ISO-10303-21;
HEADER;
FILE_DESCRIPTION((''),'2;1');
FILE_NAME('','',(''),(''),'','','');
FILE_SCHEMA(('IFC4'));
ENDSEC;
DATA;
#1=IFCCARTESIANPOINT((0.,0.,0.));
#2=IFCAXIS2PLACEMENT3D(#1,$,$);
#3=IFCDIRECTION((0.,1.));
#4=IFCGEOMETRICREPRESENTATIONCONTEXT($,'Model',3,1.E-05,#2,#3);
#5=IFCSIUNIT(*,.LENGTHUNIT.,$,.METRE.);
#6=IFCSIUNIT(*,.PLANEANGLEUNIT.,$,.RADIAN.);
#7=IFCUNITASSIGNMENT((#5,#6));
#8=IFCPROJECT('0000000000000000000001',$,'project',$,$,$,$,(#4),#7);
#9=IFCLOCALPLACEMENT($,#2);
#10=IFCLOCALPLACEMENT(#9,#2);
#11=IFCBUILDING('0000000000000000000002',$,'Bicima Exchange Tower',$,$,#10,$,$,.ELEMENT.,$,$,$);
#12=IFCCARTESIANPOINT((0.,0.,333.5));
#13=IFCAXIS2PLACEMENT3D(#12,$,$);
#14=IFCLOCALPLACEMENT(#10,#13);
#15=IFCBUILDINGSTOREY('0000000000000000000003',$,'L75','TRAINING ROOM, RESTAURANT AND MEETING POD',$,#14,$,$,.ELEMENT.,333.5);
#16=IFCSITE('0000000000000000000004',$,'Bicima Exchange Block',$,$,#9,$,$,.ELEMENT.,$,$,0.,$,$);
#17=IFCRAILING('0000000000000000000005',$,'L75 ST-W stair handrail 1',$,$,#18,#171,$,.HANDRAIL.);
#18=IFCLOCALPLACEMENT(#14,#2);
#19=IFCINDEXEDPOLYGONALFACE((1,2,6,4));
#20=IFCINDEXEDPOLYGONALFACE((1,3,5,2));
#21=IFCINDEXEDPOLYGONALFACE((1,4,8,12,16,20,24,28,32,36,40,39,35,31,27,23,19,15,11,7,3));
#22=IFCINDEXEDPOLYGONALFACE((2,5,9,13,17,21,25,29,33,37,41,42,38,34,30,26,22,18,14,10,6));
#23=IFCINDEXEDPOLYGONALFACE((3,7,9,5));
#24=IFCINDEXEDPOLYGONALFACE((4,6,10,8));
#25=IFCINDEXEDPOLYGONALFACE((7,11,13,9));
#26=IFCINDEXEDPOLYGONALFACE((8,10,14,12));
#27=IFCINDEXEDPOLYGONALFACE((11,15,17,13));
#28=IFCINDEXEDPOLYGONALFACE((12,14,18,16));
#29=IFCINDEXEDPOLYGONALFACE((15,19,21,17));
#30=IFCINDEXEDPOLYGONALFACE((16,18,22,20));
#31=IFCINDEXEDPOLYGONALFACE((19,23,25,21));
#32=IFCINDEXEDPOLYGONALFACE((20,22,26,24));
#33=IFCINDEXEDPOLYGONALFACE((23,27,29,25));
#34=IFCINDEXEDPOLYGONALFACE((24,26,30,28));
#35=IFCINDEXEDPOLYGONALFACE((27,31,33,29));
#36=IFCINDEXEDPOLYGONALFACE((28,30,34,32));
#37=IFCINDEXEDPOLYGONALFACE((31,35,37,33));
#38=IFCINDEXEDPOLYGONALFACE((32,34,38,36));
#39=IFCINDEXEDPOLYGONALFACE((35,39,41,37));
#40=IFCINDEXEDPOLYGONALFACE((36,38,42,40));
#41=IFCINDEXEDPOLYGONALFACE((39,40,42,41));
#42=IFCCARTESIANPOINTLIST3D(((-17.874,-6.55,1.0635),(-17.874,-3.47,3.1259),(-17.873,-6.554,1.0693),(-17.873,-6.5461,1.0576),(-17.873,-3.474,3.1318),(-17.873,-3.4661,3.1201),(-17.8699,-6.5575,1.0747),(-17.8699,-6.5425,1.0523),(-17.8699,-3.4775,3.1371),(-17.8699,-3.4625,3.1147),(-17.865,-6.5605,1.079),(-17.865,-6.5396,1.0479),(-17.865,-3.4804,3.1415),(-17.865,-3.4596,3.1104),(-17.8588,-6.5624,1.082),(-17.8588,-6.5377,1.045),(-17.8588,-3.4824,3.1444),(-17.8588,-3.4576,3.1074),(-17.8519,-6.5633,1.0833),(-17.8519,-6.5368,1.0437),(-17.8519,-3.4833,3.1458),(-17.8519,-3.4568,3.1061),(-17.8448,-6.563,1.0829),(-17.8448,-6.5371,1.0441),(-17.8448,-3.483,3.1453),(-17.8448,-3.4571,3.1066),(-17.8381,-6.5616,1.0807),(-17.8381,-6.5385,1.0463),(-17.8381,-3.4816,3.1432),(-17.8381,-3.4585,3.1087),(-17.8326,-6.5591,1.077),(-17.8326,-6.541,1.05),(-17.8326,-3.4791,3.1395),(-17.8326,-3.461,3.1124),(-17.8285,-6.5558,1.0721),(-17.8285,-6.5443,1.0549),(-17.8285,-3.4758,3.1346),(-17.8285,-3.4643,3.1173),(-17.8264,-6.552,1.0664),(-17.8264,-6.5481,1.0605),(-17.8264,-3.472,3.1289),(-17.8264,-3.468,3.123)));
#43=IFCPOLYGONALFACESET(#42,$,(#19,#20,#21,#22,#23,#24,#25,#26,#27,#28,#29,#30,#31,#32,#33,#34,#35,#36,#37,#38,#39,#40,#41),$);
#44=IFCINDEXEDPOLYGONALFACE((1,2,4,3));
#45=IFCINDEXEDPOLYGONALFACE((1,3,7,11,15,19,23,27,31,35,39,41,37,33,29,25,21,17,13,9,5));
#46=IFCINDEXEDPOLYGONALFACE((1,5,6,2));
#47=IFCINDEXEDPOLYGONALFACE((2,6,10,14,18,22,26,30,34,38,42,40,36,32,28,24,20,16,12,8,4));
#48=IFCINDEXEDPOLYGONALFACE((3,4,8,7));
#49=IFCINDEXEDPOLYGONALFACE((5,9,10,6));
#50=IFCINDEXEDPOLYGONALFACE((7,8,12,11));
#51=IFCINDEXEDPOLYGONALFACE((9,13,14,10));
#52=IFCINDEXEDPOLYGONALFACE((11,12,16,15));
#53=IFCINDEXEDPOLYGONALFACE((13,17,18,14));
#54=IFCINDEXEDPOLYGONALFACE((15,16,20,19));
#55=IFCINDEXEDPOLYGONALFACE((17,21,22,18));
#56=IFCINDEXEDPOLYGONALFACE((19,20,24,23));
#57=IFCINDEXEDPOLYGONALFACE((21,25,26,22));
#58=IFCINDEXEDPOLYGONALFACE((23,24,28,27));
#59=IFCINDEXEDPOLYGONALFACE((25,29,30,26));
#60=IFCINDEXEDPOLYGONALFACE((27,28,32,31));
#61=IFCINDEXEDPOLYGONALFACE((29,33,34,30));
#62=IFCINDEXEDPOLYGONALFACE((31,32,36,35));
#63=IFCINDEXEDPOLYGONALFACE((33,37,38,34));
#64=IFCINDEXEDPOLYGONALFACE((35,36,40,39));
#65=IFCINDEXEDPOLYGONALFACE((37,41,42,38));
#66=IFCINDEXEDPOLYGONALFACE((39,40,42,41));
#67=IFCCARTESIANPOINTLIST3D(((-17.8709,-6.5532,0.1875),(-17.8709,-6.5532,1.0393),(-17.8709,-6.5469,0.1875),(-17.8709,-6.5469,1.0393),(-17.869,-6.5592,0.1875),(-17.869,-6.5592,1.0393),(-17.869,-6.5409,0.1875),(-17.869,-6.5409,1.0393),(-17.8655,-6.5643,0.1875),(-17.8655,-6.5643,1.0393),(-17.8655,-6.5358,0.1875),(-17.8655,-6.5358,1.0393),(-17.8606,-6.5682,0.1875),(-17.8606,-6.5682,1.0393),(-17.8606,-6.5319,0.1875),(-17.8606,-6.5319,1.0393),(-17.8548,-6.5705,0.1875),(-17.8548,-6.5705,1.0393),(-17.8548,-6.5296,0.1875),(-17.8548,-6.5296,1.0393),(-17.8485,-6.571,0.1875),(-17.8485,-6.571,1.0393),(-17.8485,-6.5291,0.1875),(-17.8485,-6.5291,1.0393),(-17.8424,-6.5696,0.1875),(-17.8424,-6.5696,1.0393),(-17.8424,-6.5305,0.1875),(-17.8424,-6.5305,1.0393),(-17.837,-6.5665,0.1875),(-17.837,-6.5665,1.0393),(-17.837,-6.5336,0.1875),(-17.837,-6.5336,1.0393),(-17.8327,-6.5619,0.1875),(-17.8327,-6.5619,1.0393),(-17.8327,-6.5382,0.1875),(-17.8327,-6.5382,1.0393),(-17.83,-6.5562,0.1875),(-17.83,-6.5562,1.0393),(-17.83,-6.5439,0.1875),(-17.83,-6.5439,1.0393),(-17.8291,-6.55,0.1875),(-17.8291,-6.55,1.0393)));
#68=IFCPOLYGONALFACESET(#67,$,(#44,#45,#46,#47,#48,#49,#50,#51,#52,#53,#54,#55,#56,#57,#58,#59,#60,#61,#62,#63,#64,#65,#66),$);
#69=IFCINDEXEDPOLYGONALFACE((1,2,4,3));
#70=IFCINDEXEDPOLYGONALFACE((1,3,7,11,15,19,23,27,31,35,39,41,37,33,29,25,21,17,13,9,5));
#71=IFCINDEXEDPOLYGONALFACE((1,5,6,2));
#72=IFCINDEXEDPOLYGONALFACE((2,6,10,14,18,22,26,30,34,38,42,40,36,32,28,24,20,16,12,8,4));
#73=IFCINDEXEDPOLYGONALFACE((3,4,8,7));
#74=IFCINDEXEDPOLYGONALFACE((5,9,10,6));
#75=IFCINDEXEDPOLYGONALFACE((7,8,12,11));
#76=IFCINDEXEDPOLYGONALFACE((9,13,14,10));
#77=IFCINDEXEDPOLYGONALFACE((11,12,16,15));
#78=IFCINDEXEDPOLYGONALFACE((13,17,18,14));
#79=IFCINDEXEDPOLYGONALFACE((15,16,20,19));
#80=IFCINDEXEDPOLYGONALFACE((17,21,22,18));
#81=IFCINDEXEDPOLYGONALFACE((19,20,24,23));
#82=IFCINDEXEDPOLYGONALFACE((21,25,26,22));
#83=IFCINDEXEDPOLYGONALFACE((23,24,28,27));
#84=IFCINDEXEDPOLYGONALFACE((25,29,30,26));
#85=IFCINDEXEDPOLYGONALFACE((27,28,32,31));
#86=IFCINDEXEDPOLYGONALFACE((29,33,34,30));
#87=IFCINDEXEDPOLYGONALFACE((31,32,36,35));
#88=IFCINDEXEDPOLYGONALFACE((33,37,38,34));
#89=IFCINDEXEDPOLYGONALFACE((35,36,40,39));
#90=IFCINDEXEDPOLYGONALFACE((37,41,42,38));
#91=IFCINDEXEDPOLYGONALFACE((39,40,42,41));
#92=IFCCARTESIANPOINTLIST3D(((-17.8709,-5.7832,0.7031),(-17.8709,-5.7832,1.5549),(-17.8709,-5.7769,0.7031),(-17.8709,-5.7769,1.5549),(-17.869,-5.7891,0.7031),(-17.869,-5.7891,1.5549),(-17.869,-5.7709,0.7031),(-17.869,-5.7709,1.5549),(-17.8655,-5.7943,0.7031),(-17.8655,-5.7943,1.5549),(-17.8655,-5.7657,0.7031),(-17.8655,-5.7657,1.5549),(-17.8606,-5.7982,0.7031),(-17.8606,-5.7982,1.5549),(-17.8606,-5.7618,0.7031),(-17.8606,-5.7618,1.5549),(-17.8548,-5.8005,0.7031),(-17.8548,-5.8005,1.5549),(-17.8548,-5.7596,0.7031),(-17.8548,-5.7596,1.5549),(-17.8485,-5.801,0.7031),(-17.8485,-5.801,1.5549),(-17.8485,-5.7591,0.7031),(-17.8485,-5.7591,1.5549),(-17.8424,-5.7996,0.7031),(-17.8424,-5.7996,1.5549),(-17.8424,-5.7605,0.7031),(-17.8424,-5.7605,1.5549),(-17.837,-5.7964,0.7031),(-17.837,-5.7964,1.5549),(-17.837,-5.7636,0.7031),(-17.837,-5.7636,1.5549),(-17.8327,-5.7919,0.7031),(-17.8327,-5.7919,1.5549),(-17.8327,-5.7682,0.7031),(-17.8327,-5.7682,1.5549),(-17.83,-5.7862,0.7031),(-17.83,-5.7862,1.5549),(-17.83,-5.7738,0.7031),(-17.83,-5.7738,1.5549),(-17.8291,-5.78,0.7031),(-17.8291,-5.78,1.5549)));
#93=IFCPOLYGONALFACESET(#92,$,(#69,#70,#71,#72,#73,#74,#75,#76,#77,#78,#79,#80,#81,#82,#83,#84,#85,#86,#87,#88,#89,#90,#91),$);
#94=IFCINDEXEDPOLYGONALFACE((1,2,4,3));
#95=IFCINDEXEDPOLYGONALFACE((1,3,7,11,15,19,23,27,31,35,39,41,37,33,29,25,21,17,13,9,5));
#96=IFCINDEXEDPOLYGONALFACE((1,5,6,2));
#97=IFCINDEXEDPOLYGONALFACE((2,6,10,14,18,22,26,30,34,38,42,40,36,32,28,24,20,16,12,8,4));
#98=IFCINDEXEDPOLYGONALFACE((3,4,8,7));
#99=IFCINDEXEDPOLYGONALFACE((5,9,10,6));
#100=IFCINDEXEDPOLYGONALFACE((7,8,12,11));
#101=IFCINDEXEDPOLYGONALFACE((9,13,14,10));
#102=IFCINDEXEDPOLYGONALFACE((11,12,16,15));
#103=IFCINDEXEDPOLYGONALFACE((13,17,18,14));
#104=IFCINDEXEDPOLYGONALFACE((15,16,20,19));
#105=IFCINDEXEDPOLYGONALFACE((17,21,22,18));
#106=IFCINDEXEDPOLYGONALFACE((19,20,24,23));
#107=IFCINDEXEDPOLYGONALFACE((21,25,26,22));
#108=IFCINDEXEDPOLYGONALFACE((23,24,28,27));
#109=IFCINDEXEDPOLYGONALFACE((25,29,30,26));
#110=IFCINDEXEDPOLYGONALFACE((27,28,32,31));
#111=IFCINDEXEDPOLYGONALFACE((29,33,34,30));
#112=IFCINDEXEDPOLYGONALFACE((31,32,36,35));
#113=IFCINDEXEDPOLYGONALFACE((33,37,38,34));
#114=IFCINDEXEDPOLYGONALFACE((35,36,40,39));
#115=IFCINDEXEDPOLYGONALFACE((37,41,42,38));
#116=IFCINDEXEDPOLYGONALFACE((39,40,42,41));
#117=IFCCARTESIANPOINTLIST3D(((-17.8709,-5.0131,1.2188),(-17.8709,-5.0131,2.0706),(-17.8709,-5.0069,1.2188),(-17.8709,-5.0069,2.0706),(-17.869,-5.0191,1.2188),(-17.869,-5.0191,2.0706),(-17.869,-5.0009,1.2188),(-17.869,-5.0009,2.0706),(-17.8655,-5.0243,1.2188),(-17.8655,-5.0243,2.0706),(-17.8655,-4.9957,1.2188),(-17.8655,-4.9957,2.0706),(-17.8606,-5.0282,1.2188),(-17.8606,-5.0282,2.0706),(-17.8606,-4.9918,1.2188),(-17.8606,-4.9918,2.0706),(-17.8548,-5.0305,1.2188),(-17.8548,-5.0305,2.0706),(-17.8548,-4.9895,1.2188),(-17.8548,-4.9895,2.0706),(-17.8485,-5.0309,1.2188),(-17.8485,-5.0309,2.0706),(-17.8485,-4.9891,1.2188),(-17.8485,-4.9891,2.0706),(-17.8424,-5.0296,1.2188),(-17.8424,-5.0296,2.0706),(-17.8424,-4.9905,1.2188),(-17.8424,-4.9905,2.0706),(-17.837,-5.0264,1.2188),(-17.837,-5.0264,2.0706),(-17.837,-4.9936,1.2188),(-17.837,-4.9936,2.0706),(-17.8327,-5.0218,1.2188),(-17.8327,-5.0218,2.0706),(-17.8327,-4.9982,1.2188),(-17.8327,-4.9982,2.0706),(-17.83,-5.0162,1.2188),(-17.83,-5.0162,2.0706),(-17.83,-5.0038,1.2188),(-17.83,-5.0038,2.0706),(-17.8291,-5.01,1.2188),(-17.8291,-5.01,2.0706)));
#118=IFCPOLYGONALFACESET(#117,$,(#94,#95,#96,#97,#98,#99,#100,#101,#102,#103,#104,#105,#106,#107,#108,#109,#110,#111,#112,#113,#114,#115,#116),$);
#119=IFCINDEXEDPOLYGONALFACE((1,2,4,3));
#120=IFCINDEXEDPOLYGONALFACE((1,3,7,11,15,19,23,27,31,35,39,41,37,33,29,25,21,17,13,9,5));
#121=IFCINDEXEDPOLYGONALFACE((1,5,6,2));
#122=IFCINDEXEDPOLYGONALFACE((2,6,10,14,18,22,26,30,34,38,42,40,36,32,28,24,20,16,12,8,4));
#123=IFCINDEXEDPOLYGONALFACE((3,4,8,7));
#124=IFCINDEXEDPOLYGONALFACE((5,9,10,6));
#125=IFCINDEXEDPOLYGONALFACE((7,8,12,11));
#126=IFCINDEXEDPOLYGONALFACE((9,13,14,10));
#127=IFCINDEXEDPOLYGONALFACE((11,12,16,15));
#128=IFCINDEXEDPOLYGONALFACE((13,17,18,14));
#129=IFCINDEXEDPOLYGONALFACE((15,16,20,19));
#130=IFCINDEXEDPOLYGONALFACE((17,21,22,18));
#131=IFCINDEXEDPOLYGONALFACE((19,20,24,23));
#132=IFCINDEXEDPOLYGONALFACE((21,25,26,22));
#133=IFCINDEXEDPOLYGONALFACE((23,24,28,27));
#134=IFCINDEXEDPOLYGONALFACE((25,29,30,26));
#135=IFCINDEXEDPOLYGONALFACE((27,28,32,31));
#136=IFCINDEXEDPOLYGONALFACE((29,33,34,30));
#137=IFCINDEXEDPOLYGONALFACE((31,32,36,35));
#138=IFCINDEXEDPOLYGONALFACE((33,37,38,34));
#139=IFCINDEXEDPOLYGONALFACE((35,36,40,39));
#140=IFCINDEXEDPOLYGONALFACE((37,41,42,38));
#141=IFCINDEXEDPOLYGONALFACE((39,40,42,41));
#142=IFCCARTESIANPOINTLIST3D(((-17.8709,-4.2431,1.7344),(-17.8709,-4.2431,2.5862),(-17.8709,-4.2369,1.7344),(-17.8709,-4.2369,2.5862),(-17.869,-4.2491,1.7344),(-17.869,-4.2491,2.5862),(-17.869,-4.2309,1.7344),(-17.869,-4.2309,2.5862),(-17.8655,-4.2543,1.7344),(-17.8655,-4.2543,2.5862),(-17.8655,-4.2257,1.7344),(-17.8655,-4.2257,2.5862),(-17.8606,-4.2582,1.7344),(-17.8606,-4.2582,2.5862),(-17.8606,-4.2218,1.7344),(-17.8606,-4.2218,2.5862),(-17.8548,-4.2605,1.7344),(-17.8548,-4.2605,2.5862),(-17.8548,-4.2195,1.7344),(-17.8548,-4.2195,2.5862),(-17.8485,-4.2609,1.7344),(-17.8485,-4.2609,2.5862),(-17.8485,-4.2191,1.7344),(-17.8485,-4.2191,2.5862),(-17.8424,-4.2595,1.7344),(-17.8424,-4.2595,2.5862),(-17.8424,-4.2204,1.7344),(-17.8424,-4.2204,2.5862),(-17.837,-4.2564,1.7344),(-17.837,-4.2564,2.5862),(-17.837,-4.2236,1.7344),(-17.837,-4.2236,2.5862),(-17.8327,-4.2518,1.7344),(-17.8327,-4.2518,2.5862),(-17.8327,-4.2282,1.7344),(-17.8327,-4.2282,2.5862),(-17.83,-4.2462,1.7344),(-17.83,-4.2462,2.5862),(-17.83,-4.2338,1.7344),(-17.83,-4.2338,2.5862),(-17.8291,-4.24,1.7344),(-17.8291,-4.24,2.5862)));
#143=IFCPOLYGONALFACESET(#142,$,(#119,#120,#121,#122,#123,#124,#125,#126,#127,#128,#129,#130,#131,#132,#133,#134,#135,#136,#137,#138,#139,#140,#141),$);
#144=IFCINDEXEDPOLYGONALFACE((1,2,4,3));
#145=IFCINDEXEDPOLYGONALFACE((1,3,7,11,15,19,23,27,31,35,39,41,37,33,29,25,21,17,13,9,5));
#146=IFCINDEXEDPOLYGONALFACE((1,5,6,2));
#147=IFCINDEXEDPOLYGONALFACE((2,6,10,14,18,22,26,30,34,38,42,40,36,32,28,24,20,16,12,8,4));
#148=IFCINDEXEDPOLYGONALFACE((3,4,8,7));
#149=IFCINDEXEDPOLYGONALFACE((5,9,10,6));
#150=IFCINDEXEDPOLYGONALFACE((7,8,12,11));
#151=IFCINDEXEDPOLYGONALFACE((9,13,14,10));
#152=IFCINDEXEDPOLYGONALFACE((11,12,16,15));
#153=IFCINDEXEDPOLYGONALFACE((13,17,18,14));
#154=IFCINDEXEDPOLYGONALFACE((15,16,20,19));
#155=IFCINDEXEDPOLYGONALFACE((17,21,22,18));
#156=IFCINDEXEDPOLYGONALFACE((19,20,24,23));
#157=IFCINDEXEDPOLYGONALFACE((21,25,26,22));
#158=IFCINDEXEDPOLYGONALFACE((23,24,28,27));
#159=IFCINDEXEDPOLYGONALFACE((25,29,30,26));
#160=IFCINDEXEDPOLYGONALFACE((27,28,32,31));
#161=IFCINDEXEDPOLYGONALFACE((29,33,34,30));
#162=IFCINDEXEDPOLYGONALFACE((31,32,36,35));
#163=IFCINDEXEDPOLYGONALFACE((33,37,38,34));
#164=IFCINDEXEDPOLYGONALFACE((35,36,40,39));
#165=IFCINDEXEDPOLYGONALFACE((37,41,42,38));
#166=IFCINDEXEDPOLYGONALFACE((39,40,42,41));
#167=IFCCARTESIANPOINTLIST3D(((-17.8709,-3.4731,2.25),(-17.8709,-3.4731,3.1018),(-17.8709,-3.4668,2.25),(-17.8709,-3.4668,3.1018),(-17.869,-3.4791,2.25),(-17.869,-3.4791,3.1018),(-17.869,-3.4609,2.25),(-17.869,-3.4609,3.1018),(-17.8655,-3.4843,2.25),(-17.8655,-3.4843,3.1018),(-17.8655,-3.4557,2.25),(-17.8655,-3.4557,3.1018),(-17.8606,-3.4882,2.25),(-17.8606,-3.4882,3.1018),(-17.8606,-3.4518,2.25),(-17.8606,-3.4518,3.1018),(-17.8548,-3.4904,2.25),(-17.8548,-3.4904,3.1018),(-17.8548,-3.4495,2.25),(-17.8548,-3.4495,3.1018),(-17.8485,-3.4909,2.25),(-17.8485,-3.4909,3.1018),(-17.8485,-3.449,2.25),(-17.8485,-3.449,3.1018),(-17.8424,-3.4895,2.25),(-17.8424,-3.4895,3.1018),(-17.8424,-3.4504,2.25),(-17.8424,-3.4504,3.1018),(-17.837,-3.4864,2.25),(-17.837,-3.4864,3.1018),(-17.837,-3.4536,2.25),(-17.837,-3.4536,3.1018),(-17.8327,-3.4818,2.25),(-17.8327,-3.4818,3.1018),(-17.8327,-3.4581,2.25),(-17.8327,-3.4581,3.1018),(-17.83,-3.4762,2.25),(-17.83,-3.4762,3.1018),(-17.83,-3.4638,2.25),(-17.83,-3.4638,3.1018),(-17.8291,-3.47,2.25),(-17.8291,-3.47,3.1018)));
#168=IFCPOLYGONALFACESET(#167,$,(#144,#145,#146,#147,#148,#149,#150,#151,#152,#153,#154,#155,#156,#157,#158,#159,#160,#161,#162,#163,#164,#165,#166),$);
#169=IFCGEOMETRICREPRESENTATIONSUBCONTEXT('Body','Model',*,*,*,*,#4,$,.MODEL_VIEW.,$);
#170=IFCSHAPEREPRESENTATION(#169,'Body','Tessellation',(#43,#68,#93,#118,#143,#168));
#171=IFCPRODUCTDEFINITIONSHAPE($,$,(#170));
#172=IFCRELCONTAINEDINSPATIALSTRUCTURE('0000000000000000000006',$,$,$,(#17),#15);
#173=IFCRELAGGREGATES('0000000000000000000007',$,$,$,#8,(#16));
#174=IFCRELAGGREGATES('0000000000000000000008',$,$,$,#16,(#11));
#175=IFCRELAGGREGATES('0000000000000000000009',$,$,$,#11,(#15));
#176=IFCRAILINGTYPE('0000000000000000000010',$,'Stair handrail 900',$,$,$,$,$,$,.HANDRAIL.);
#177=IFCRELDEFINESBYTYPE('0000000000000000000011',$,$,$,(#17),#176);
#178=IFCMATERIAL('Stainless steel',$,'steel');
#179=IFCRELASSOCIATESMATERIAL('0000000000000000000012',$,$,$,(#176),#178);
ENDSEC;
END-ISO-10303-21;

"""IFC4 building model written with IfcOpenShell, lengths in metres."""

from ifc_helpers import new_model, si_unit, direction, frame, origin, origin_2d, place, context, subcontext, project, spatial, circle, extrude, material, type_object, element, save


model = new_model("IFC4")

# Units and contexts
model_context = context("Model", 3, precision=1e-05, world=origin(), true_north=direction((0.0, 1.0)))
body_context = subcontext(model_context, "Body", "Model", "MODEL_VIEW")
ifc_project = project(units=[si_unit("LENGTHUNIT", "METRE"), si_unit("PLANEANGLEUNIT", "RADIAN")], contexts=[model_context])

# Site, building, storey
site_placement = place(None, origin())
site = spatial("IfcSite", under=ifc_project, at=site_placement, Name="Bicima Exchange Block", CompositionType="ELEMENT", RefElevation=0.0)
building_placement = place(site_placement, origin())
building = spatial("IfcBuilding", under=site, at=building_placement, Name="Bicima Exchange Tower", CompositionType="ELEMENT")
storey_placement = place(building_placement, frame((0.0, 0.0, 333.5)))
storey = spatial("IfcBuildingStorey", under=building, at=storey_placement, Name="L75", Description="TRAINING ROOM, RESTAURANT AND MEETING POD", CompositionType="ELEMENT", Elevation=333.5)

# Shared definitions
ifc_material_1 = material(Name="Stainless steel", Category="steel")

# Railing
railing_type_1 = type_object("IfcRailingType", Name="Stair handrail 900", PredefinedType="HANDRAIL", material=ifc_material_1)
railing_1_placement = place(storey_placement, frame((-17.8501, -6.55, 0.1875)))
element("IfcRailing", 1, at=railing_1_placement, inside=storey, type_object=railing_type_1, Name="L75 ST-W stair handrail 1", PredefinedType="HANDRAIL", context=body_context, shape_type="SweptSolid", body=[
    extrude(circle(Radius=0.0239, at=origin_2d()), frame((0.0, 0.0, 0.876), z_axis=(0.0, 0.830914, 0.556401), x_axis=(-1.0, 0.0, 0.0)), (0.0, 0.0, 1.0), 3.7068),
    extrude(circle(Radius=0.021, at=origin_2d()), origin(), (0.0, 0.0, 1.0), 0.8518),
    extrude(circle(Radius=0.021, at=origin_2d()), frame((0.0, 0.77, 0.5156)), (0.0, 0.0, 1.0), 0.8518),
    extrude(circle(Radius=0.021, at=origin_2d()), frame((0.0, 1.54, 1.0312)), (0.0, 0.0, 1.0), 0.8518),
    extrude(circle(Radius=0.021, at=origin_2d()), frame((0.0, 2.3101, 1.5469)), (0.0, 0.0, 1.0), 0.8518),
    extrude(circle(Radius=0.021, at=origin_2d()), frame((0.0, 3.0801, 2.0625)), (0.0, 0.0, 1.0), 0.8518),
])

save(model, "model.ifc")
